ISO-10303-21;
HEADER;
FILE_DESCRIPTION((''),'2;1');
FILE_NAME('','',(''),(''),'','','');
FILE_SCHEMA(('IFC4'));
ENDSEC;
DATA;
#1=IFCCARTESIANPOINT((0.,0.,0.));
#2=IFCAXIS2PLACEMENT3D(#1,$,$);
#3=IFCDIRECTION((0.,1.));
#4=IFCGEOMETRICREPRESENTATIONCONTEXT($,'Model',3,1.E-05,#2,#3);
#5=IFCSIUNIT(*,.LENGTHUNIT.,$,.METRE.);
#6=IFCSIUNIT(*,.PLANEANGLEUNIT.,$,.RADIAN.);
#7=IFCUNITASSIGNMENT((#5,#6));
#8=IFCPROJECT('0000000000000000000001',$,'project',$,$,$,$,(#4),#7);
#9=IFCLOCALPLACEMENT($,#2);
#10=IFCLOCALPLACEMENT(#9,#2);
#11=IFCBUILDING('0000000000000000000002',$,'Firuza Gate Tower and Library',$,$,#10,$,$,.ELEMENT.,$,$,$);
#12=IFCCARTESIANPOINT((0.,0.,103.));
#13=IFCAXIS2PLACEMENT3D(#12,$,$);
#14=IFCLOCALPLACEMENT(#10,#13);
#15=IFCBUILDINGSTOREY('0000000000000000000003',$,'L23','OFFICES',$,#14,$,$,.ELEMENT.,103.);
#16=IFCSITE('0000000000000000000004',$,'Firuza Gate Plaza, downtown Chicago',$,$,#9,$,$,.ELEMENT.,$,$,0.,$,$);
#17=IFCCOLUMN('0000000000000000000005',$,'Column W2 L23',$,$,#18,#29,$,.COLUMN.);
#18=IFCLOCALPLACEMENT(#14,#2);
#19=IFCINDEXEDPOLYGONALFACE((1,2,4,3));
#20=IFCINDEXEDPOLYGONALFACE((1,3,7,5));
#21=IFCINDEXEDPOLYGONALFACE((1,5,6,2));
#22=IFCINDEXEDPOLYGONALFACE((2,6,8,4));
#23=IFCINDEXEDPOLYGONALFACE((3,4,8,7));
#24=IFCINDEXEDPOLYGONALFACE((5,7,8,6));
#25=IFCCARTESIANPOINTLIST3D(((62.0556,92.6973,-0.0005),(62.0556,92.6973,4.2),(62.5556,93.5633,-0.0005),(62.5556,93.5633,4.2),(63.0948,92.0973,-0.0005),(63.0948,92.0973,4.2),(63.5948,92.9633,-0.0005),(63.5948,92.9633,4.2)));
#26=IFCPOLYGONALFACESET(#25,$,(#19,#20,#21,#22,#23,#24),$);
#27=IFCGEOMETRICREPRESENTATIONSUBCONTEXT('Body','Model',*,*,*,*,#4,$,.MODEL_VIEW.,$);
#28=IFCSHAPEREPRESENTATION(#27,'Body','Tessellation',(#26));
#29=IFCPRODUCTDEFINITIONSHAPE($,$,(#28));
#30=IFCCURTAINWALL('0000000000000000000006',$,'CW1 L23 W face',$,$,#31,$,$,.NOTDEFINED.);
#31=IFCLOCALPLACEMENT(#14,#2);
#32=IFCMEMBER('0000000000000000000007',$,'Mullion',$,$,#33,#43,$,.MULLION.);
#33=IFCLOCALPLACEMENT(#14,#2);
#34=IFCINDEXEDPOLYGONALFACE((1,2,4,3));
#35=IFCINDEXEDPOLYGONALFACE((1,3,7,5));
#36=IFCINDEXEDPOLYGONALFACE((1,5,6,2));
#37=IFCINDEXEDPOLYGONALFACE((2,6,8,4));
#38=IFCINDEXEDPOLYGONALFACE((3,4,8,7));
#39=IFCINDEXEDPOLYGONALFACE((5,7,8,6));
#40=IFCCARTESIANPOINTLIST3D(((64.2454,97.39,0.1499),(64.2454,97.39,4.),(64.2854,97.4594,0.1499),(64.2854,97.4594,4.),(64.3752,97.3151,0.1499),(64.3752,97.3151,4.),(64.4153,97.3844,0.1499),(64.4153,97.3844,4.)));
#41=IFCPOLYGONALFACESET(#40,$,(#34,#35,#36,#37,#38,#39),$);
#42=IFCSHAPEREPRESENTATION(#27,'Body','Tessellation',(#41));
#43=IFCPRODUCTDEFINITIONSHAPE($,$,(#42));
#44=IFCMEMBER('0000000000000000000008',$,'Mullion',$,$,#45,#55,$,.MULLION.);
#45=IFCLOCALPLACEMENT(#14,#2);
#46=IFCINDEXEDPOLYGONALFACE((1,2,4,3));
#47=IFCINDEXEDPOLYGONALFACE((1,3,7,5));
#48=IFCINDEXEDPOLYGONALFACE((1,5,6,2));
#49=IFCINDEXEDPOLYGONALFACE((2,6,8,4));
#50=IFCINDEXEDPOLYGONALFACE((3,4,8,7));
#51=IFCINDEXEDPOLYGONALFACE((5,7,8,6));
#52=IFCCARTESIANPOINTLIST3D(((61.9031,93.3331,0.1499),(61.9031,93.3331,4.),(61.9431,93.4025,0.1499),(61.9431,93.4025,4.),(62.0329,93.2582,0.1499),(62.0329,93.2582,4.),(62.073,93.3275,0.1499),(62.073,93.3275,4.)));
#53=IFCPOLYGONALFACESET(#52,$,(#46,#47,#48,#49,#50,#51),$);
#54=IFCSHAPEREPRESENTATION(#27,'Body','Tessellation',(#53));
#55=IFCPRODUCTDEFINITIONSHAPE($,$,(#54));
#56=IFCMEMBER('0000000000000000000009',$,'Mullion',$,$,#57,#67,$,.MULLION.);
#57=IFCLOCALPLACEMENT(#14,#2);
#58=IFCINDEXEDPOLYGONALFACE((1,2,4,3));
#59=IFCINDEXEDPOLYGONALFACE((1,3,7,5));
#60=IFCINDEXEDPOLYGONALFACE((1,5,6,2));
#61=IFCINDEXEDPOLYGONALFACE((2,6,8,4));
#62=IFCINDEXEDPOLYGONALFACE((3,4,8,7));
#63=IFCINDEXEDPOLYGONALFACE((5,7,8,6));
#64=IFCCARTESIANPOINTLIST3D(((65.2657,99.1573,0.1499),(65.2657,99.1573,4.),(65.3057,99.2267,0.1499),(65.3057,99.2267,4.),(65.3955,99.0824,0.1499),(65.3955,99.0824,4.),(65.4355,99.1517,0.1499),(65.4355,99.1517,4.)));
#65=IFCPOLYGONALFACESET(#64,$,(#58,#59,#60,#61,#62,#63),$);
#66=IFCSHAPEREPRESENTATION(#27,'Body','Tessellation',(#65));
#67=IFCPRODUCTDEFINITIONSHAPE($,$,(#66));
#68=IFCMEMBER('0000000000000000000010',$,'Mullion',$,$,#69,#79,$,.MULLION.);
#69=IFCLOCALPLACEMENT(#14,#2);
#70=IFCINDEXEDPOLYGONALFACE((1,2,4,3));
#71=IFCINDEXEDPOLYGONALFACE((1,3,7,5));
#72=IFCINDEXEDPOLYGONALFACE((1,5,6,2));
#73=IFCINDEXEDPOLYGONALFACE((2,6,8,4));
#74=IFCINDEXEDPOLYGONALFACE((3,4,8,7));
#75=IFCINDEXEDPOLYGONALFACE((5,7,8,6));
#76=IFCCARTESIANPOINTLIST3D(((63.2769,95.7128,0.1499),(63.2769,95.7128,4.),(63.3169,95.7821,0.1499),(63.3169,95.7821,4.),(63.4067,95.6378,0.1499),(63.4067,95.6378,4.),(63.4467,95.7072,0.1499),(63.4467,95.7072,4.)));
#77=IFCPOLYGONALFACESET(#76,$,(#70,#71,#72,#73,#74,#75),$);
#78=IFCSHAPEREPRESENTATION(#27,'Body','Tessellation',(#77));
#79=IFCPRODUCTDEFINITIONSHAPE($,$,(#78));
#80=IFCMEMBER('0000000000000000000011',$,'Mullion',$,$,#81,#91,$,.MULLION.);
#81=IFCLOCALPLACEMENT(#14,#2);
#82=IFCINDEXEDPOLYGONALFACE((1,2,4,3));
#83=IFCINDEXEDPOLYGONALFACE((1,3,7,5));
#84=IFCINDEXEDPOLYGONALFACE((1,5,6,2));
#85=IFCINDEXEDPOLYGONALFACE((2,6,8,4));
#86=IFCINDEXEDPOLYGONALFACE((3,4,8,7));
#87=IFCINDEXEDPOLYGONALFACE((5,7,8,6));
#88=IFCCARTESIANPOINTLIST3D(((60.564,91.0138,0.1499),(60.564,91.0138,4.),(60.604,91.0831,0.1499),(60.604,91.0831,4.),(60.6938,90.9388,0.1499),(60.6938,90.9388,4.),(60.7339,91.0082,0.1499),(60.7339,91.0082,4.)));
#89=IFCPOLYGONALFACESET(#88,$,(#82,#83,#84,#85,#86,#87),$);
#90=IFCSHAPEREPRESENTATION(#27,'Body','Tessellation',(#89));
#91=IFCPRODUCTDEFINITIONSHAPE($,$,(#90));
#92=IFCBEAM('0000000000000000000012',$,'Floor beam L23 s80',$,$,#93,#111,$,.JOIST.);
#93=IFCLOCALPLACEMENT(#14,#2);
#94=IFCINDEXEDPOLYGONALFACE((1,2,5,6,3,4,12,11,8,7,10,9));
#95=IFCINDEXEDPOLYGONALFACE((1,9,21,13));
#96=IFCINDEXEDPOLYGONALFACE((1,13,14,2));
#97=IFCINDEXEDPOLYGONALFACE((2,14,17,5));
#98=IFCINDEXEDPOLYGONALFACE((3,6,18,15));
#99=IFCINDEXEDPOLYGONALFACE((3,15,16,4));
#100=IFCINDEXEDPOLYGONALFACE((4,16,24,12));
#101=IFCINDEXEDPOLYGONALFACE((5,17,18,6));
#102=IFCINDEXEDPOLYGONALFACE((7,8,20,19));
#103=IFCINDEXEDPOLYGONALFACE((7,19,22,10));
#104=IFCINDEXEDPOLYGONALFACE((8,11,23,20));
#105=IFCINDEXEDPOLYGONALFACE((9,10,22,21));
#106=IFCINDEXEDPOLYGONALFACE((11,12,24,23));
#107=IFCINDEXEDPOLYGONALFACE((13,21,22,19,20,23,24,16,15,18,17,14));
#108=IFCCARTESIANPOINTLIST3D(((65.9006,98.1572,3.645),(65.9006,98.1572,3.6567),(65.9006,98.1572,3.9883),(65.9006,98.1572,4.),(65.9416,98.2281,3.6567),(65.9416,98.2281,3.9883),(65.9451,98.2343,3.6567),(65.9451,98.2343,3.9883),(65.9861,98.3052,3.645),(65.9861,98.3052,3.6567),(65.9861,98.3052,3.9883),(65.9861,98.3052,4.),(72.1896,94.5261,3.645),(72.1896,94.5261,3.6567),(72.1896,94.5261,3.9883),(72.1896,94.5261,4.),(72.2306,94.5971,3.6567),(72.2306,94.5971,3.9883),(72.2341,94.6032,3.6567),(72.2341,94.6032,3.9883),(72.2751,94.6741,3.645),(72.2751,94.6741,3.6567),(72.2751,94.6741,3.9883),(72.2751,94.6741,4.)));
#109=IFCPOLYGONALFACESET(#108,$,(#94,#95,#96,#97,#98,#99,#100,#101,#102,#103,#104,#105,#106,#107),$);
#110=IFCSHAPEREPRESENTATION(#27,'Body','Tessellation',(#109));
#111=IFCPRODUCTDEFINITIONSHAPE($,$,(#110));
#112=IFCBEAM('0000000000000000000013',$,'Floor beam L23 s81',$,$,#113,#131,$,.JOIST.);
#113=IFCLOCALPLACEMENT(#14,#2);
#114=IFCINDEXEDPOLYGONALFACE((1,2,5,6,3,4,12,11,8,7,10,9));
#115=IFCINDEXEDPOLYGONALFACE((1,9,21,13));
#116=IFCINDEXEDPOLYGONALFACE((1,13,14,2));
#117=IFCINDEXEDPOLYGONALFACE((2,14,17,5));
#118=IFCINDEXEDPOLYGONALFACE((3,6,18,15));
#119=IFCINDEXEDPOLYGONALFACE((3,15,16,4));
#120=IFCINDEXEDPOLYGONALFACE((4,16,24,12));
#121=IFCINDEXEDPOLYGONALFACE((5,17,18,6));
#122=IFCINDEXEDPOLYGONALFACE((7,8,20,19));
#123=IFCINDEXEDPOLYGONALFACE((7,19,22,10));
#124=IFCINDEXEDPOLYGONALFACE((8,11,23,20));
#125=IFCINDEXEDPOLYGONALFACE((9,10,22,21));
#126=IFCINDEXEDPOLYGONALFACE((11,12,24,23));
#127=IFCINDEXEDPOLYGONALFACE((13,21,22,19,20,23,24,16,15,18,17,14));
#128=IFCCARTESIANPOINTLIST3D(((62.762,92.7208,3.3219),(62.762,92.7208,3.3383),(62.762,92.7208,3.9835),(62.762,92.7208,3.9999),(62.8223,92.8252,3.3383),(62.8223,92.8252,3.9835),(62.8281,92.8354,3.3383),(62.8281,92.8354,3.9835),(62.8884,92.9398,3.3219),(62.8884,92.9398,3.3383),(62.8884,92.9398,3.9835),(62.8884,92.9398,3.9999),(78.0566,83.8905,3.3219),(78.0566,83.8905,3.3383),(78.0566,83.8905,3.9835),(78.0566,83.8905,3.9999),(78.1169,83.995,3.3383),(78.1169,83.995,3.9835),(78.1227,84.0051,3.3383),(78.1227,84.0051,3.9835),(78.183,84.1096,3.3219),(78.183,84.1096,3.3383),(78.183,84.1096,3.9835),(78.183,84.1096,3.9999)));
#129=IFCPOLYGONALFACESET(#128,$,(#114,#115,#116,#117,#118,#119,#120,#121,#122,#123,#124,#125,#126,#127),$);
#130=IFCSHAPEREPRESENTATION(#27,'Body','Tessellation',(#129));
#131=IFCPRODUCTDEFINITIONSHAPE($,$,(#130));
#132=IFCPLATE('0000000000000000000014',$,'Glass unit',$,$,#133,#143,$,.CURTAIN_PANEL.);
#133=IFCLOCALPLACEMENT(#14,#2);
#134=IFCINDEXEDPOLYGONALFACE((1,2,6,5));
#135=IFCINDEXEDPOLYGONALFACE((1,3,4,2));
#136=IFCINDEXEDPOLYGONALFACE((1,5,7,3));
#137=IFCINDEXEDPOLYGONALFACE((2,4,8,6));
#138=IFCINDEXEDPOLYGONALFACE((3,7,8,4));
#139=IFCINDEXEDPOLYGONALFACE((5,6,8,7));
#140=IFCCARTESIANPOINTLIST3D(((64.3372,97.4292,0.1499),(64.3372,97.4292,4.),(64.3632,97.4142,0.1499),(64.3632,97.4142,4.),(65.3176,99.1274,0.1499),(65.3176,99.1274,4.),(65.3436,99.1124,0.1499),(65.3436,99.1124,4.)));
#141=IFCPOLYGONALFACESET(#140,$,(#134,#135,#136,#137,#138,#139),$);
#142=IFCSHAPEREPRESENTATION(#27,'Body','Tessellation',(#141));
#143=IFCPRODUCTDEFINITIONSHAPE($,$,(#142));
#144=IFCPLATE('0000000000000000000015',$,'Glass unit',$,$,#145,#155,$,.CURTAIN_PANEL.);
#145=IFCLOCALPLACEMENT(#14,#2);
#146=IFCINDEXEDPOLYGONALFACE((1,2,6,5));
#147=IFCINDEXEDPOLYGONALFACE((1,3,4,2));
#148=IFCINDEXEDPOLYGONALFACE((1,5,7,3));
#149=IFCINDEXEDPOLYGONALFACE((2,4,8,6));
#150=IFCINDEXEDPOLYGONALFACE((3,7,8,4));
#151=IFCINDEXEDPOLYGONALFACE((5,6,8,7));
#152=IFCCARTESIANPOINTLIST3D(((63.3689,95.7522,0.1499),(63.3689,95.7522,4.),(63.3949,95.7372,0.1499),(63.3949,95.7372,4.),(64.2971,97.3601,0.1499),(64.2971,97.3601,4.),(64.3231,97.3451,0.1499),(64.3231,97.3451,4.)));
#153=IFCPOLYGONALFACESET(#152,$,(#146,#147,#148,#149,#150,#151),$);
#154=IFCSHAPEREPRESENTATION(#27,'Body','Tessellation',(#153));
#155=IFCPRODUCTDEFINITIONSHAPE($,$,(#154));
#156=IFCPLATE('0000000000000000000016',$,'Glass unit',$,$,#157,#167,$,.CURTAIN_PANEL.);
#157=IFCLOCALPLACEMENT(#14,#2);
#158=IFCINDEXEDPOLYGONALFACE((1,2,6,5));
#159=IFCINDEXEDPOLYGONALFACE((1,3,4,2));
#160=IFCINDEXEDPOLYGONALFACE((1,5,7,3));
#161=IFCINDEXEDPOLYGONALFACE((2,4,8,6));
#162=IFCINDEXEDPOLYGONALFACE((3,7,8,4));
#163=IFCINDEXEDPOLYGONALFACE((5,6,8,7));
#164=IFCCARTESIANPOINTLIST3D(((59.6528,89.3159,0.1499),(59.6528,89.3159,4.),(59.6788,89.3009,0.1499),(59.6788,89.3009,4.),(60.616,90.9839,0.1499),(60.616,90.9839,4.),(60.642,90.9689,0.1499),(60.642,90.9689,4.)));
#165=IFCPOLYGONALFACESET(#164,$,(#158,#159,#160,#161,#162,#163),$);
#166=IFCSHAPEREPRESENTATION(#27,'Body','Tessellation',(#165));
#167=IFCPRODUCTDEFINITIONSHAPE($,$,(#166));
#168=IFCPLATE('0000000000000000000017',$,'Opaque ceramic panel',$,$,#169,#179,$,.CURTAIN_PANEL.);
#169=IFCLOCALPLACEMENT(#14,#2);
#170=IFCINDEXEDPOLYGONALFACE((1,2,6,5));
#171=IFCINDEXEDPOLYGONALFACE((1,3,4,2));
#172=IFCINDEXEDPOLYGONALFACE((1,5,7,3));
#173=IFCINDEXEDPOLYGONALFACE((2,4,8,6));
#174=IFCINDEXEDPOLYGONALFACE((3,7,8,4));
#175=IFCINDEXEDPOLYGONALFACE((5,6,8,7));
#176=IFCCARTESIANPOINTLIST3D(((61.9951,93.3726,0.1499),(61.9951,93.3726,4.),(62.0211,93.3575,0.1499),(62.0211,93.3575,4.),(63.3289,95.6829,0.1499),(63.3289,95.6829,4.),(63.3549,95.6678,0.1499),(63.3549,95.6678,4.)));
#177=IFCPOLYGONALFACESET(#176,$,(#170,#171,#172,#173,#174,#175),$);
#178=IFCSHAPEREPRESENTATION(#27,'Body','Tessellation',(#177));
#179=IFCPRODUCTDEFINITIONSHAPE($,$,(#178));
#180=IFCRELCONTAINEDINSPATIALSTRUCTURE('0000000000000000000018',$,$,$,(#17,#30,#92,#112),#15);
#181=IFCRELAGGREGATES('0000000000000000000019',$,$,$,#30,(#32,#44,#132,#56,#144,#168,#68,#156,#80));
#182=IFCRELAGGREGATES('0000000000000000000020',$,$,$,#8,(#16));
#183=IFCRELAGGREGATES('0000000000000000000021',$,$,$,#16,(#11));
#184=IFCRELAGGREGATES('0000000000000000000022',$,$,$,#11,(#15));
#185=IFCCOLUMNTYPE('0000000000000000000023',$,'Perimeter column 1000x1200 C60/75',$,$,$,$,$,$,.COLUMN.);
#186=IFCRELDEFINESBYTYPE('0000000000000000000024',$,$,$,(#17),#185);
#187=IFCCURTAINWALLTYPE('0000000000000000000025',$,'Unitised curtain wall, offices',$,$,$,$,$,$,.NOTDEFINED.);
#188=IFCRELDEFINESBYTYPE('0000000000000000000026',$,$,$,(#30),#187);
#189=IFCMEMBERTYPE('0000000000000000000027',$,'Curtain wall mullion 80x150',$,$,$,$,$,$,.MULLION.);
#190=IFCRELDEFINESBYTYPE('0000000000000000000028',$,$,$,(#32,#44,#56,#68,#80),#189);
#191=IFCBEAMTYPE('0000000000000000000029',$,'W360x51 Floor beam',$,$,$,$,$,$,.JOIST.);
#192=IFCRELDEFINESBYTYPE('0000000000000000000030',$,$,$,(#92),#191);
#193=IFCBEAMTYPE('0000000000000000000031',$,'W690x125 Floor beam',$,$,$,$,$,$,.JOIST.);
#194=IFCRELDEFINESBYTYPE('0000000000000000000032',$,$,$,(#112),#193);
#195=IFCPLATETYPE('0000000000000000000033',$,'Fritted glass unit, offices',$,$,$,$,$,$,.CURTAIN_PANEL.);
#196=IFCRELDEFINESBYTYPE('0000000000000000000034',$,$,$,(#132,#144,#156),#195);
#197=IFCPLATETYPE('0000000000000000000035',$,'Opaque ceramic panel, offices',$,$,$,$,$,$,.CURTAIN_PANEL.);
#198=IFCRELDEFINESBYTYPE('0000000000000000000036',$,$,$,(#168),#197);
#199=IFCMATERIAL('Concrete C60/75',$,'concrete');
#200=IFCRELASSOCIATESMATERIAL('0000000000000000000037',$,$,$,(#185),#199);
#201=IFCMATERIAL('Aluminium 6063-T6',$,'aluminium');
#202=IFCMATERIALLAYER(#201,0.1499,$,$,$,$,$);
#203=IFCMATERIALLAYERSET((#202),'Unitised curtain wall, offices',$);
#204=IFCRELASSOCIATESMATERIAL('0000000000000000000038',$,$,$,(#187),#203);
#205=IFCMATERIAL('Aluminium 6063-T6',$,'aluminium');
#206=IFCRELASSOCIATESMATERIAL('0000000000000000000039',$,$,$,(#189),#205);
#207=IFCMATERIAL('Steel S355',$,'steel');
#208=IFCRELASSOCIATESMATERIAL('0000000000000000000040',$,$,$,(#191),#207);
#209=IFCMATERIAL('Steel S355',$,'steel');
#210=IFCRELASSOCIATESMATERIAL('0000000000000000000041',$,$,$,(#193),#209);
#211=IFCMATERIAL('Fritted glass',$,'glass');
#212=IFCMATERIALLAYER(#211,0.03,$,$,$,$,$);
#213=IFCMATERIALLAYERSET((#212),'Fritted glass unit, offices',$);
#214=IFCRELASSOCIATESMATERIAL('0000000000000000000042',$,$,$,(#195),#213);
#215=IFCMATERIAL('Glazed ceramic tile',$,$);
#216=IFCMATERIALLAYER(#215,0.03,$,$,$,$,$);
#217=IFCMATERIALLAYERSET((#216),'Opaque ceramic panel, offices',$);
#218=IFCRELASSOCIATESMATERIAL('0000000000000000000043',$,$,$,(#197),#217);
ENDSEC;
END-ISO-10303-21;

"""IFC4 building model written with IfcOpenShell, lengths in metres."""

from ifc_helpers import new_model, si_unit, direction, frame, origin, origin_2d, place, context, subcontext, project, spatial, polyline, rectangle, i_section, outline, extrude, material, layer, layer_set, material_profile, profile_set, type_object, element, aggregate, save


model = new_model("IFC4")

# Units and contexts
model_context = context("Model", 3, precision=1e-05, world=origin(), true_north=direction((0.0, 1.0)))
body_context = subcontext(model_context, "Body", "Model", "MODEL_VIEW")
ifc_project = project(units=[si_unit("LENGTHUNIT", "METRE"), si_unit("PLANEANGLEUNIT", "RADIAN")], contexts=[model_context])

# Site, building, storey
site_placement = place(None, origin())
site = spatial("IfcSite", under=ifc_project, at=site_placement, Name="Firuza Gate Plaza, downtown Chicago", CompositionType="ELEMENT", RefElevation=0.0)
building_placement = place(site_placement, origin())
building = spatial("IfcBuilding", under=site, at=building_placement, Name="Firuza Gate Tower and Library", CompositionType="ELEMENT")
storey_placement = place(building_placement, frame((0.0, 0.0, 103.0)))
storey = spatial("IfcBuildingStorey", under=building, at=storey_placement, Name="L23", Description="OFFICES", CompositionType="ELEMENT", Elevation=103.0)

# Column
ifc_material_1 = material(Name="Concrete C60/75", Category="concrete")
ifc_material_profile_1 = material_profile(ifc_material_1, rectangle(XDim=1.0, YDim=1.2, at=origin_2d()))
ifc_profile_set_1 = profile_set([ifc_material_profile_1], Name="Concrete C60/75")
column_type = type_object("IfcColumnType", Name="Perimeter column 1000x1200 C60/75", PredefinedType="COLUMN", material=ifc_profile_set_1)
column_placement = place(storey_placement, frame((62.8252, 92.8303, -0.0005), z_axis=(0.0, 0.0, 1.0), x_axis=(-0.5, -0.866025, 0.0)))
element("IfcColumn", 1, at=column_placement, inside=storey, type_object=column_type, Name="Column W2 L23", PredefinedType="COLUMN", context=body_context, shape_type="SweptSolid", body=[
    extrude(rectangle(XDim=1.0, YDim=1.2, at=origin_2d()), origin(), (0.0, 0.0, 1.0), 4.2004),
])

# Curtain wall, members
ifc_material_2 = material(Name="Aluminium 6063-T6", Category="aluminium")
ifc_layer_1 = layer(ifc_material_2, 0.1499)
ifc_layer_set_1 = layer_set([ifc_layer_1], Name="Unitised curtain wall, offices")
curtain_wall_type = type_object("IfcCurtainWallType", Name="Unitised curtain wall, offices", PredefinedType="NOTDEFINED", material=ifc_layer_set_1)
placement = place(storey_placement, origin())
curtain_wall = element("IfcCurtainWall", 2, at=placement, inside=storey, type_object=curtain_wall_type, Name="CW1 L23 W face", PredefinedType="NOTDEFINED")
ifc_material_3 = material(Name="Aluminium 6063-T6", Category="aluminium")
ifc_material_profile_2 = material_profile(ifc_material_3, rectangle(XDim=0.1499, YDim=0.0801, at=origin_2d()))
ifc_profile_set_2 = profile_set([ifc_material_profile_2], Name="Aluminium 6063-T6")
member_type = type_object("IfcMemberType", Name="Curtain wall mullion 80x150", PredefinedType="MULLION", material=ifc_profile_set_2)
member_1_placement = place(storey_placement, frame((64.3303, 97.3872, 0.1499), z_axis=(0.0, 0.0, 1.0), x_axis=(0.866025, -0.5, 0.0)))
member_1 = element("IfcMember", 3, at=member_1_placement, type_object=member_type, Name="Mullion", PredefinedType="MULLION", context=body_context, shape_type="SweptSolid", body=[
    extrude(rectangle(XDim=0.1499, YDim=0.0801, at=origin_2d()), origin(), (0.0, 0.0, 1.0), 3.8501),
])
member_2_placement = place(storey_placement, frame((61.988, 93.3303, 0.1499), z_axis=(0.0, 0.0, 1.0), x_axis=(0.866025, -0.5, 0.0)))
member_2 = element("IfcMember", 4, at=member_2_placement, type_object=member_type, Name="Mullion", PredefinedType="MULLION", context=body_context, shape_type="SweptSolid", body=[
    extrude(rectangle(XDim=0.1499, YDim=0.0801, at=origin_2d()), origin(), (0.0, 0.0, 1.0), 3.8501),
])
member_3_placement = place(storey_placement, frame((65.3506, 99.1545, 0.1499), z_axis=(0.0, 0.0, 1.0), x_axis=(0.866025, -0.5, 0.0)))
member_3 = element("IfcMember", 5, at=member_3_placement, type_object=member_type, Name="Mullion", PredefinedType="MULLION", context=body_context, shape_type="SweptSolid", body=[
    extrude(rectangle(XDim=0.1499, YDim=0.0801, at=origin_2d()), origin(), (0.0, 0.0, 1.0), 3.8501),
])
member_4_placement = place(storey_placement, frame((63.3618, 95.71, 0.1499), z_axis=(0.0, 0.0, 1.0), x_axis=(0.866025, -0.5, 0.0)))
member_4 = element("IfcMember", 6, at=member_4_placement, type_object=member_type, Name="Mullion", PredefinedType="MULLION", context=body_context, shape_type="SweptSolid", body=[
    extrude(rectangle(XDim=0.1499, YDim=0.0801, at=origin_2d()), origin(), (0.0, 0.0, 1.0), 3.8501),
])
member_5_placement = place(storey_placement, frame((60.6489, 91.011, 0.1499), z_axis=(0.0, 0.0, 1.0), x_axis=(0.866025, -0.5, 0.0)))
member_5 = element("IfcMember", 7, at=member_5_placement, type_object=member_type, Name="Mullion", PredefinedType="MULLION", context=body_context, shape_type="SweptSolid", body=[
    extrude(rectangle(XDim=0.1499, YDim=0.0801, at=origin_2d()), origin(), (0.0, 0.0, 1.0), 3.8501),
])

# Beams
ifc_material_4 = material(Name="Steel S355", Category="steel")
ifc_material_profile_3 = material_profile(ifc_material_4, i_section(OverallWidth=0.1709, OverallDepth=0.355, WebThickness=0.0071, FlangeThickness=0.0117, at=origin_2d()))
ifc_profile_set_3 = profile_set([ifc_material_profile_3], Name="Steel S355")
beam_type_1 = type_object("IfcBeamType", Name="W360x51 Floor beam", PredefinedType="JOIST", material=ifc_profile_set_3)
beam_1_placement = place(storey_placement, frame((65.9434, 98.2312, 3.8225), z_axis=(0.866019, -0.500012, 0.0), x_axis=(0.500012, 0.866019, 0.0)))
element("IfcBeam", 8, at=beam_1_placement, inside=storey, type_object=beam_type_1, Name="Floor beam L23 s80", PredefinedType="JOIST", context=body_context, shape_type="SweptSolid", body=[
    extrude(i_section(OverallWidth=0.1709, OverallDepth=0.355, WebThickness=0.0071, FlangeThickness=0.0117, at=origin_2d()), origin(), (0.0, 0.0, 1.0), 7.262),
])
ifc_material_5 = material(Name="Steel S355", Category="steel")
ifc_material_profile_4 = material_profile(ifc_material_5, i_section(OverallWidth=0.2529, OverallDepth=0.678, WebThickness=0.0117, FlangeThickness=0.0164, at=origin_2d()))
ifc_profile_set_4 = profile_set([ifc_material_profile_4], Name="Steel S355")
beam_type_2 = type_object("IfcBeamType", Name="W690x125 Floor beam", PredefinedType="JOIST", material=ifc_profile_set_4)
beam_2_placement = place(storey_placement, frame((62.8252, 92.8303, 3.6609), z_axis=(0.866027, -0.499997, 0.0), x_axis=(0.499997, 0.866027, 0.0)))
element("IfcBeam", 9, at=beam_2_placement, inside=storey, type_object=beam_type_2, Name="Floor beam L23 s81", PredefinedType="JOIST", context=body_context, shape_type="SweptSolid", body=[
    extrude(i_section(OverallWidth=0.2529, OverallDepth=0.678, WebThickness=0.0117, FlangeThickness=0.0164, at=origin_2d()), origin(), (0.0, 0.0, 1.0), 17.6606),
])

# Plates
ifc_material_6 = material(Name="Fritted glass", Category="glass")
ifc_layer_2 = layer(ifc_material_6, 0.03)
ifc_layer_set_2 = layer_set([ifc_layer_2], Name="Fritted glass unit, offices")
plate_type_1 = type_object("IfcPlateType", Name="Fritted glass unit, offices", PredefinedType="CURTAIN_PANEL", material=ifc_layer_set_2)
plate_1_placement = place(storey_placement, frame((65.3176, 99.1274, 0.1499), z_axis=(-0.866028, 0.499995, 0.0), x_axis=(-0.499995, -0.866028, 0.0)))
plate_1 = element("IfcPlate", 10, at=plate_1_placement, type_object=plate_type_1, Name="Glass unit", PredefinedType="CURTAIN_PANEL", context=body_context, shape_type="SweptSolid", body=[
    extrude(outline(polyline([(0.0, 0.0), (1.961, 0.0), (1.961, 3.8501), (0.0, 3.8501), (0.0, 0.0)])), origin(), (0.0, 0.0, -1.0), 0.03),
])
plate_2_placement = place(storey_placement, frame((64.2971, 97.3601, 0.1499), z_axis=(-0.86605, 0.499958, 0.0), x_axis=(-0.499958, -0.86605, 0.0)))
plate_2 = element("IfcPlate", 11, at=plate_2_placement, type_object=plate_type_1, Name="Glass unit", PredefinedType="CURTAIN_PANEL", context=body_context, shape_type="SweptSolid", body=[
    extrude(outline(polyline([(0.0, 0.0), (1.8566, 0.0), (1.8566, 3.8501), (0.0, 3.8501), (0.0, 0.0)])), origin(), (0.0, 0.0, -1.0), 0.03),
])
plate_3_placement = place(storey_placement, frame((60.616, 90.9839, 0.1499), z_axis=(-0.865996, 0.500052, 0.0), x_axis=(-0.500052, -0.865996, 0.0)))
plate_3 = element("IfcPlate", 12, at=plate_3_placement, type_object=plate_type_1, Name="Glass unit", PredefinedType="CURTAIN_PANEL", context=body_context, shape_type="SweptSolid", body=[
    extrude(outline(polyline([(0.0, 0.0), (1.9261, 0.0), (1.9261, 3.8501), (0.0, 3.8501), (0.0, 0.0)])), origin(), (0.0, 0.0, -1.0), 0.03),
])
ifc_material_7 = material(Name="Glazed ceramic tile")
ifc_layer_3 = layer(ifc_material_7, 0.03)
ifc_layer_set_3 = layer_set([ifc_layer_3], Name="Opaque ceramic panel, offices")
plate_type_2 = type_object("IfcPlateType", Name="Opaque ceramic panel, offices", PredefinedType="CURTAIN_PANEL", material=ifc_layer_set_3)
plate_4_placement = place(storey_placement, frame((63.3289, 95.6829, 0.1499), z_axis=(-0.866044, 0.499968, 0.0), x_axis=(-0.499968, -0.866044, 0.0)))
plate_4 = element("IfcPlate", 13, at=plate_4_placement, type_object=plate_type_2, Name="Opaque ceramic panel", PredefinedType="CURTAIN_PANEL", context=body_context, shape_type="SweptSolid", body=[
    extrude(outline(polyline([(0.0, 0.0), (2.6677, 0.0), (2.6677, 3.8501), (0.0, 3.8501), (0.0, 0.0)])), origin(), (0.0, 0.0, -1.0), 0.03),
])
aggregate(curtain_wall, [member_1, member_2, plate_1, member_3, plate_2, plate_4, member_4, plate_3, member_5])

save(model, "model.ifc")
